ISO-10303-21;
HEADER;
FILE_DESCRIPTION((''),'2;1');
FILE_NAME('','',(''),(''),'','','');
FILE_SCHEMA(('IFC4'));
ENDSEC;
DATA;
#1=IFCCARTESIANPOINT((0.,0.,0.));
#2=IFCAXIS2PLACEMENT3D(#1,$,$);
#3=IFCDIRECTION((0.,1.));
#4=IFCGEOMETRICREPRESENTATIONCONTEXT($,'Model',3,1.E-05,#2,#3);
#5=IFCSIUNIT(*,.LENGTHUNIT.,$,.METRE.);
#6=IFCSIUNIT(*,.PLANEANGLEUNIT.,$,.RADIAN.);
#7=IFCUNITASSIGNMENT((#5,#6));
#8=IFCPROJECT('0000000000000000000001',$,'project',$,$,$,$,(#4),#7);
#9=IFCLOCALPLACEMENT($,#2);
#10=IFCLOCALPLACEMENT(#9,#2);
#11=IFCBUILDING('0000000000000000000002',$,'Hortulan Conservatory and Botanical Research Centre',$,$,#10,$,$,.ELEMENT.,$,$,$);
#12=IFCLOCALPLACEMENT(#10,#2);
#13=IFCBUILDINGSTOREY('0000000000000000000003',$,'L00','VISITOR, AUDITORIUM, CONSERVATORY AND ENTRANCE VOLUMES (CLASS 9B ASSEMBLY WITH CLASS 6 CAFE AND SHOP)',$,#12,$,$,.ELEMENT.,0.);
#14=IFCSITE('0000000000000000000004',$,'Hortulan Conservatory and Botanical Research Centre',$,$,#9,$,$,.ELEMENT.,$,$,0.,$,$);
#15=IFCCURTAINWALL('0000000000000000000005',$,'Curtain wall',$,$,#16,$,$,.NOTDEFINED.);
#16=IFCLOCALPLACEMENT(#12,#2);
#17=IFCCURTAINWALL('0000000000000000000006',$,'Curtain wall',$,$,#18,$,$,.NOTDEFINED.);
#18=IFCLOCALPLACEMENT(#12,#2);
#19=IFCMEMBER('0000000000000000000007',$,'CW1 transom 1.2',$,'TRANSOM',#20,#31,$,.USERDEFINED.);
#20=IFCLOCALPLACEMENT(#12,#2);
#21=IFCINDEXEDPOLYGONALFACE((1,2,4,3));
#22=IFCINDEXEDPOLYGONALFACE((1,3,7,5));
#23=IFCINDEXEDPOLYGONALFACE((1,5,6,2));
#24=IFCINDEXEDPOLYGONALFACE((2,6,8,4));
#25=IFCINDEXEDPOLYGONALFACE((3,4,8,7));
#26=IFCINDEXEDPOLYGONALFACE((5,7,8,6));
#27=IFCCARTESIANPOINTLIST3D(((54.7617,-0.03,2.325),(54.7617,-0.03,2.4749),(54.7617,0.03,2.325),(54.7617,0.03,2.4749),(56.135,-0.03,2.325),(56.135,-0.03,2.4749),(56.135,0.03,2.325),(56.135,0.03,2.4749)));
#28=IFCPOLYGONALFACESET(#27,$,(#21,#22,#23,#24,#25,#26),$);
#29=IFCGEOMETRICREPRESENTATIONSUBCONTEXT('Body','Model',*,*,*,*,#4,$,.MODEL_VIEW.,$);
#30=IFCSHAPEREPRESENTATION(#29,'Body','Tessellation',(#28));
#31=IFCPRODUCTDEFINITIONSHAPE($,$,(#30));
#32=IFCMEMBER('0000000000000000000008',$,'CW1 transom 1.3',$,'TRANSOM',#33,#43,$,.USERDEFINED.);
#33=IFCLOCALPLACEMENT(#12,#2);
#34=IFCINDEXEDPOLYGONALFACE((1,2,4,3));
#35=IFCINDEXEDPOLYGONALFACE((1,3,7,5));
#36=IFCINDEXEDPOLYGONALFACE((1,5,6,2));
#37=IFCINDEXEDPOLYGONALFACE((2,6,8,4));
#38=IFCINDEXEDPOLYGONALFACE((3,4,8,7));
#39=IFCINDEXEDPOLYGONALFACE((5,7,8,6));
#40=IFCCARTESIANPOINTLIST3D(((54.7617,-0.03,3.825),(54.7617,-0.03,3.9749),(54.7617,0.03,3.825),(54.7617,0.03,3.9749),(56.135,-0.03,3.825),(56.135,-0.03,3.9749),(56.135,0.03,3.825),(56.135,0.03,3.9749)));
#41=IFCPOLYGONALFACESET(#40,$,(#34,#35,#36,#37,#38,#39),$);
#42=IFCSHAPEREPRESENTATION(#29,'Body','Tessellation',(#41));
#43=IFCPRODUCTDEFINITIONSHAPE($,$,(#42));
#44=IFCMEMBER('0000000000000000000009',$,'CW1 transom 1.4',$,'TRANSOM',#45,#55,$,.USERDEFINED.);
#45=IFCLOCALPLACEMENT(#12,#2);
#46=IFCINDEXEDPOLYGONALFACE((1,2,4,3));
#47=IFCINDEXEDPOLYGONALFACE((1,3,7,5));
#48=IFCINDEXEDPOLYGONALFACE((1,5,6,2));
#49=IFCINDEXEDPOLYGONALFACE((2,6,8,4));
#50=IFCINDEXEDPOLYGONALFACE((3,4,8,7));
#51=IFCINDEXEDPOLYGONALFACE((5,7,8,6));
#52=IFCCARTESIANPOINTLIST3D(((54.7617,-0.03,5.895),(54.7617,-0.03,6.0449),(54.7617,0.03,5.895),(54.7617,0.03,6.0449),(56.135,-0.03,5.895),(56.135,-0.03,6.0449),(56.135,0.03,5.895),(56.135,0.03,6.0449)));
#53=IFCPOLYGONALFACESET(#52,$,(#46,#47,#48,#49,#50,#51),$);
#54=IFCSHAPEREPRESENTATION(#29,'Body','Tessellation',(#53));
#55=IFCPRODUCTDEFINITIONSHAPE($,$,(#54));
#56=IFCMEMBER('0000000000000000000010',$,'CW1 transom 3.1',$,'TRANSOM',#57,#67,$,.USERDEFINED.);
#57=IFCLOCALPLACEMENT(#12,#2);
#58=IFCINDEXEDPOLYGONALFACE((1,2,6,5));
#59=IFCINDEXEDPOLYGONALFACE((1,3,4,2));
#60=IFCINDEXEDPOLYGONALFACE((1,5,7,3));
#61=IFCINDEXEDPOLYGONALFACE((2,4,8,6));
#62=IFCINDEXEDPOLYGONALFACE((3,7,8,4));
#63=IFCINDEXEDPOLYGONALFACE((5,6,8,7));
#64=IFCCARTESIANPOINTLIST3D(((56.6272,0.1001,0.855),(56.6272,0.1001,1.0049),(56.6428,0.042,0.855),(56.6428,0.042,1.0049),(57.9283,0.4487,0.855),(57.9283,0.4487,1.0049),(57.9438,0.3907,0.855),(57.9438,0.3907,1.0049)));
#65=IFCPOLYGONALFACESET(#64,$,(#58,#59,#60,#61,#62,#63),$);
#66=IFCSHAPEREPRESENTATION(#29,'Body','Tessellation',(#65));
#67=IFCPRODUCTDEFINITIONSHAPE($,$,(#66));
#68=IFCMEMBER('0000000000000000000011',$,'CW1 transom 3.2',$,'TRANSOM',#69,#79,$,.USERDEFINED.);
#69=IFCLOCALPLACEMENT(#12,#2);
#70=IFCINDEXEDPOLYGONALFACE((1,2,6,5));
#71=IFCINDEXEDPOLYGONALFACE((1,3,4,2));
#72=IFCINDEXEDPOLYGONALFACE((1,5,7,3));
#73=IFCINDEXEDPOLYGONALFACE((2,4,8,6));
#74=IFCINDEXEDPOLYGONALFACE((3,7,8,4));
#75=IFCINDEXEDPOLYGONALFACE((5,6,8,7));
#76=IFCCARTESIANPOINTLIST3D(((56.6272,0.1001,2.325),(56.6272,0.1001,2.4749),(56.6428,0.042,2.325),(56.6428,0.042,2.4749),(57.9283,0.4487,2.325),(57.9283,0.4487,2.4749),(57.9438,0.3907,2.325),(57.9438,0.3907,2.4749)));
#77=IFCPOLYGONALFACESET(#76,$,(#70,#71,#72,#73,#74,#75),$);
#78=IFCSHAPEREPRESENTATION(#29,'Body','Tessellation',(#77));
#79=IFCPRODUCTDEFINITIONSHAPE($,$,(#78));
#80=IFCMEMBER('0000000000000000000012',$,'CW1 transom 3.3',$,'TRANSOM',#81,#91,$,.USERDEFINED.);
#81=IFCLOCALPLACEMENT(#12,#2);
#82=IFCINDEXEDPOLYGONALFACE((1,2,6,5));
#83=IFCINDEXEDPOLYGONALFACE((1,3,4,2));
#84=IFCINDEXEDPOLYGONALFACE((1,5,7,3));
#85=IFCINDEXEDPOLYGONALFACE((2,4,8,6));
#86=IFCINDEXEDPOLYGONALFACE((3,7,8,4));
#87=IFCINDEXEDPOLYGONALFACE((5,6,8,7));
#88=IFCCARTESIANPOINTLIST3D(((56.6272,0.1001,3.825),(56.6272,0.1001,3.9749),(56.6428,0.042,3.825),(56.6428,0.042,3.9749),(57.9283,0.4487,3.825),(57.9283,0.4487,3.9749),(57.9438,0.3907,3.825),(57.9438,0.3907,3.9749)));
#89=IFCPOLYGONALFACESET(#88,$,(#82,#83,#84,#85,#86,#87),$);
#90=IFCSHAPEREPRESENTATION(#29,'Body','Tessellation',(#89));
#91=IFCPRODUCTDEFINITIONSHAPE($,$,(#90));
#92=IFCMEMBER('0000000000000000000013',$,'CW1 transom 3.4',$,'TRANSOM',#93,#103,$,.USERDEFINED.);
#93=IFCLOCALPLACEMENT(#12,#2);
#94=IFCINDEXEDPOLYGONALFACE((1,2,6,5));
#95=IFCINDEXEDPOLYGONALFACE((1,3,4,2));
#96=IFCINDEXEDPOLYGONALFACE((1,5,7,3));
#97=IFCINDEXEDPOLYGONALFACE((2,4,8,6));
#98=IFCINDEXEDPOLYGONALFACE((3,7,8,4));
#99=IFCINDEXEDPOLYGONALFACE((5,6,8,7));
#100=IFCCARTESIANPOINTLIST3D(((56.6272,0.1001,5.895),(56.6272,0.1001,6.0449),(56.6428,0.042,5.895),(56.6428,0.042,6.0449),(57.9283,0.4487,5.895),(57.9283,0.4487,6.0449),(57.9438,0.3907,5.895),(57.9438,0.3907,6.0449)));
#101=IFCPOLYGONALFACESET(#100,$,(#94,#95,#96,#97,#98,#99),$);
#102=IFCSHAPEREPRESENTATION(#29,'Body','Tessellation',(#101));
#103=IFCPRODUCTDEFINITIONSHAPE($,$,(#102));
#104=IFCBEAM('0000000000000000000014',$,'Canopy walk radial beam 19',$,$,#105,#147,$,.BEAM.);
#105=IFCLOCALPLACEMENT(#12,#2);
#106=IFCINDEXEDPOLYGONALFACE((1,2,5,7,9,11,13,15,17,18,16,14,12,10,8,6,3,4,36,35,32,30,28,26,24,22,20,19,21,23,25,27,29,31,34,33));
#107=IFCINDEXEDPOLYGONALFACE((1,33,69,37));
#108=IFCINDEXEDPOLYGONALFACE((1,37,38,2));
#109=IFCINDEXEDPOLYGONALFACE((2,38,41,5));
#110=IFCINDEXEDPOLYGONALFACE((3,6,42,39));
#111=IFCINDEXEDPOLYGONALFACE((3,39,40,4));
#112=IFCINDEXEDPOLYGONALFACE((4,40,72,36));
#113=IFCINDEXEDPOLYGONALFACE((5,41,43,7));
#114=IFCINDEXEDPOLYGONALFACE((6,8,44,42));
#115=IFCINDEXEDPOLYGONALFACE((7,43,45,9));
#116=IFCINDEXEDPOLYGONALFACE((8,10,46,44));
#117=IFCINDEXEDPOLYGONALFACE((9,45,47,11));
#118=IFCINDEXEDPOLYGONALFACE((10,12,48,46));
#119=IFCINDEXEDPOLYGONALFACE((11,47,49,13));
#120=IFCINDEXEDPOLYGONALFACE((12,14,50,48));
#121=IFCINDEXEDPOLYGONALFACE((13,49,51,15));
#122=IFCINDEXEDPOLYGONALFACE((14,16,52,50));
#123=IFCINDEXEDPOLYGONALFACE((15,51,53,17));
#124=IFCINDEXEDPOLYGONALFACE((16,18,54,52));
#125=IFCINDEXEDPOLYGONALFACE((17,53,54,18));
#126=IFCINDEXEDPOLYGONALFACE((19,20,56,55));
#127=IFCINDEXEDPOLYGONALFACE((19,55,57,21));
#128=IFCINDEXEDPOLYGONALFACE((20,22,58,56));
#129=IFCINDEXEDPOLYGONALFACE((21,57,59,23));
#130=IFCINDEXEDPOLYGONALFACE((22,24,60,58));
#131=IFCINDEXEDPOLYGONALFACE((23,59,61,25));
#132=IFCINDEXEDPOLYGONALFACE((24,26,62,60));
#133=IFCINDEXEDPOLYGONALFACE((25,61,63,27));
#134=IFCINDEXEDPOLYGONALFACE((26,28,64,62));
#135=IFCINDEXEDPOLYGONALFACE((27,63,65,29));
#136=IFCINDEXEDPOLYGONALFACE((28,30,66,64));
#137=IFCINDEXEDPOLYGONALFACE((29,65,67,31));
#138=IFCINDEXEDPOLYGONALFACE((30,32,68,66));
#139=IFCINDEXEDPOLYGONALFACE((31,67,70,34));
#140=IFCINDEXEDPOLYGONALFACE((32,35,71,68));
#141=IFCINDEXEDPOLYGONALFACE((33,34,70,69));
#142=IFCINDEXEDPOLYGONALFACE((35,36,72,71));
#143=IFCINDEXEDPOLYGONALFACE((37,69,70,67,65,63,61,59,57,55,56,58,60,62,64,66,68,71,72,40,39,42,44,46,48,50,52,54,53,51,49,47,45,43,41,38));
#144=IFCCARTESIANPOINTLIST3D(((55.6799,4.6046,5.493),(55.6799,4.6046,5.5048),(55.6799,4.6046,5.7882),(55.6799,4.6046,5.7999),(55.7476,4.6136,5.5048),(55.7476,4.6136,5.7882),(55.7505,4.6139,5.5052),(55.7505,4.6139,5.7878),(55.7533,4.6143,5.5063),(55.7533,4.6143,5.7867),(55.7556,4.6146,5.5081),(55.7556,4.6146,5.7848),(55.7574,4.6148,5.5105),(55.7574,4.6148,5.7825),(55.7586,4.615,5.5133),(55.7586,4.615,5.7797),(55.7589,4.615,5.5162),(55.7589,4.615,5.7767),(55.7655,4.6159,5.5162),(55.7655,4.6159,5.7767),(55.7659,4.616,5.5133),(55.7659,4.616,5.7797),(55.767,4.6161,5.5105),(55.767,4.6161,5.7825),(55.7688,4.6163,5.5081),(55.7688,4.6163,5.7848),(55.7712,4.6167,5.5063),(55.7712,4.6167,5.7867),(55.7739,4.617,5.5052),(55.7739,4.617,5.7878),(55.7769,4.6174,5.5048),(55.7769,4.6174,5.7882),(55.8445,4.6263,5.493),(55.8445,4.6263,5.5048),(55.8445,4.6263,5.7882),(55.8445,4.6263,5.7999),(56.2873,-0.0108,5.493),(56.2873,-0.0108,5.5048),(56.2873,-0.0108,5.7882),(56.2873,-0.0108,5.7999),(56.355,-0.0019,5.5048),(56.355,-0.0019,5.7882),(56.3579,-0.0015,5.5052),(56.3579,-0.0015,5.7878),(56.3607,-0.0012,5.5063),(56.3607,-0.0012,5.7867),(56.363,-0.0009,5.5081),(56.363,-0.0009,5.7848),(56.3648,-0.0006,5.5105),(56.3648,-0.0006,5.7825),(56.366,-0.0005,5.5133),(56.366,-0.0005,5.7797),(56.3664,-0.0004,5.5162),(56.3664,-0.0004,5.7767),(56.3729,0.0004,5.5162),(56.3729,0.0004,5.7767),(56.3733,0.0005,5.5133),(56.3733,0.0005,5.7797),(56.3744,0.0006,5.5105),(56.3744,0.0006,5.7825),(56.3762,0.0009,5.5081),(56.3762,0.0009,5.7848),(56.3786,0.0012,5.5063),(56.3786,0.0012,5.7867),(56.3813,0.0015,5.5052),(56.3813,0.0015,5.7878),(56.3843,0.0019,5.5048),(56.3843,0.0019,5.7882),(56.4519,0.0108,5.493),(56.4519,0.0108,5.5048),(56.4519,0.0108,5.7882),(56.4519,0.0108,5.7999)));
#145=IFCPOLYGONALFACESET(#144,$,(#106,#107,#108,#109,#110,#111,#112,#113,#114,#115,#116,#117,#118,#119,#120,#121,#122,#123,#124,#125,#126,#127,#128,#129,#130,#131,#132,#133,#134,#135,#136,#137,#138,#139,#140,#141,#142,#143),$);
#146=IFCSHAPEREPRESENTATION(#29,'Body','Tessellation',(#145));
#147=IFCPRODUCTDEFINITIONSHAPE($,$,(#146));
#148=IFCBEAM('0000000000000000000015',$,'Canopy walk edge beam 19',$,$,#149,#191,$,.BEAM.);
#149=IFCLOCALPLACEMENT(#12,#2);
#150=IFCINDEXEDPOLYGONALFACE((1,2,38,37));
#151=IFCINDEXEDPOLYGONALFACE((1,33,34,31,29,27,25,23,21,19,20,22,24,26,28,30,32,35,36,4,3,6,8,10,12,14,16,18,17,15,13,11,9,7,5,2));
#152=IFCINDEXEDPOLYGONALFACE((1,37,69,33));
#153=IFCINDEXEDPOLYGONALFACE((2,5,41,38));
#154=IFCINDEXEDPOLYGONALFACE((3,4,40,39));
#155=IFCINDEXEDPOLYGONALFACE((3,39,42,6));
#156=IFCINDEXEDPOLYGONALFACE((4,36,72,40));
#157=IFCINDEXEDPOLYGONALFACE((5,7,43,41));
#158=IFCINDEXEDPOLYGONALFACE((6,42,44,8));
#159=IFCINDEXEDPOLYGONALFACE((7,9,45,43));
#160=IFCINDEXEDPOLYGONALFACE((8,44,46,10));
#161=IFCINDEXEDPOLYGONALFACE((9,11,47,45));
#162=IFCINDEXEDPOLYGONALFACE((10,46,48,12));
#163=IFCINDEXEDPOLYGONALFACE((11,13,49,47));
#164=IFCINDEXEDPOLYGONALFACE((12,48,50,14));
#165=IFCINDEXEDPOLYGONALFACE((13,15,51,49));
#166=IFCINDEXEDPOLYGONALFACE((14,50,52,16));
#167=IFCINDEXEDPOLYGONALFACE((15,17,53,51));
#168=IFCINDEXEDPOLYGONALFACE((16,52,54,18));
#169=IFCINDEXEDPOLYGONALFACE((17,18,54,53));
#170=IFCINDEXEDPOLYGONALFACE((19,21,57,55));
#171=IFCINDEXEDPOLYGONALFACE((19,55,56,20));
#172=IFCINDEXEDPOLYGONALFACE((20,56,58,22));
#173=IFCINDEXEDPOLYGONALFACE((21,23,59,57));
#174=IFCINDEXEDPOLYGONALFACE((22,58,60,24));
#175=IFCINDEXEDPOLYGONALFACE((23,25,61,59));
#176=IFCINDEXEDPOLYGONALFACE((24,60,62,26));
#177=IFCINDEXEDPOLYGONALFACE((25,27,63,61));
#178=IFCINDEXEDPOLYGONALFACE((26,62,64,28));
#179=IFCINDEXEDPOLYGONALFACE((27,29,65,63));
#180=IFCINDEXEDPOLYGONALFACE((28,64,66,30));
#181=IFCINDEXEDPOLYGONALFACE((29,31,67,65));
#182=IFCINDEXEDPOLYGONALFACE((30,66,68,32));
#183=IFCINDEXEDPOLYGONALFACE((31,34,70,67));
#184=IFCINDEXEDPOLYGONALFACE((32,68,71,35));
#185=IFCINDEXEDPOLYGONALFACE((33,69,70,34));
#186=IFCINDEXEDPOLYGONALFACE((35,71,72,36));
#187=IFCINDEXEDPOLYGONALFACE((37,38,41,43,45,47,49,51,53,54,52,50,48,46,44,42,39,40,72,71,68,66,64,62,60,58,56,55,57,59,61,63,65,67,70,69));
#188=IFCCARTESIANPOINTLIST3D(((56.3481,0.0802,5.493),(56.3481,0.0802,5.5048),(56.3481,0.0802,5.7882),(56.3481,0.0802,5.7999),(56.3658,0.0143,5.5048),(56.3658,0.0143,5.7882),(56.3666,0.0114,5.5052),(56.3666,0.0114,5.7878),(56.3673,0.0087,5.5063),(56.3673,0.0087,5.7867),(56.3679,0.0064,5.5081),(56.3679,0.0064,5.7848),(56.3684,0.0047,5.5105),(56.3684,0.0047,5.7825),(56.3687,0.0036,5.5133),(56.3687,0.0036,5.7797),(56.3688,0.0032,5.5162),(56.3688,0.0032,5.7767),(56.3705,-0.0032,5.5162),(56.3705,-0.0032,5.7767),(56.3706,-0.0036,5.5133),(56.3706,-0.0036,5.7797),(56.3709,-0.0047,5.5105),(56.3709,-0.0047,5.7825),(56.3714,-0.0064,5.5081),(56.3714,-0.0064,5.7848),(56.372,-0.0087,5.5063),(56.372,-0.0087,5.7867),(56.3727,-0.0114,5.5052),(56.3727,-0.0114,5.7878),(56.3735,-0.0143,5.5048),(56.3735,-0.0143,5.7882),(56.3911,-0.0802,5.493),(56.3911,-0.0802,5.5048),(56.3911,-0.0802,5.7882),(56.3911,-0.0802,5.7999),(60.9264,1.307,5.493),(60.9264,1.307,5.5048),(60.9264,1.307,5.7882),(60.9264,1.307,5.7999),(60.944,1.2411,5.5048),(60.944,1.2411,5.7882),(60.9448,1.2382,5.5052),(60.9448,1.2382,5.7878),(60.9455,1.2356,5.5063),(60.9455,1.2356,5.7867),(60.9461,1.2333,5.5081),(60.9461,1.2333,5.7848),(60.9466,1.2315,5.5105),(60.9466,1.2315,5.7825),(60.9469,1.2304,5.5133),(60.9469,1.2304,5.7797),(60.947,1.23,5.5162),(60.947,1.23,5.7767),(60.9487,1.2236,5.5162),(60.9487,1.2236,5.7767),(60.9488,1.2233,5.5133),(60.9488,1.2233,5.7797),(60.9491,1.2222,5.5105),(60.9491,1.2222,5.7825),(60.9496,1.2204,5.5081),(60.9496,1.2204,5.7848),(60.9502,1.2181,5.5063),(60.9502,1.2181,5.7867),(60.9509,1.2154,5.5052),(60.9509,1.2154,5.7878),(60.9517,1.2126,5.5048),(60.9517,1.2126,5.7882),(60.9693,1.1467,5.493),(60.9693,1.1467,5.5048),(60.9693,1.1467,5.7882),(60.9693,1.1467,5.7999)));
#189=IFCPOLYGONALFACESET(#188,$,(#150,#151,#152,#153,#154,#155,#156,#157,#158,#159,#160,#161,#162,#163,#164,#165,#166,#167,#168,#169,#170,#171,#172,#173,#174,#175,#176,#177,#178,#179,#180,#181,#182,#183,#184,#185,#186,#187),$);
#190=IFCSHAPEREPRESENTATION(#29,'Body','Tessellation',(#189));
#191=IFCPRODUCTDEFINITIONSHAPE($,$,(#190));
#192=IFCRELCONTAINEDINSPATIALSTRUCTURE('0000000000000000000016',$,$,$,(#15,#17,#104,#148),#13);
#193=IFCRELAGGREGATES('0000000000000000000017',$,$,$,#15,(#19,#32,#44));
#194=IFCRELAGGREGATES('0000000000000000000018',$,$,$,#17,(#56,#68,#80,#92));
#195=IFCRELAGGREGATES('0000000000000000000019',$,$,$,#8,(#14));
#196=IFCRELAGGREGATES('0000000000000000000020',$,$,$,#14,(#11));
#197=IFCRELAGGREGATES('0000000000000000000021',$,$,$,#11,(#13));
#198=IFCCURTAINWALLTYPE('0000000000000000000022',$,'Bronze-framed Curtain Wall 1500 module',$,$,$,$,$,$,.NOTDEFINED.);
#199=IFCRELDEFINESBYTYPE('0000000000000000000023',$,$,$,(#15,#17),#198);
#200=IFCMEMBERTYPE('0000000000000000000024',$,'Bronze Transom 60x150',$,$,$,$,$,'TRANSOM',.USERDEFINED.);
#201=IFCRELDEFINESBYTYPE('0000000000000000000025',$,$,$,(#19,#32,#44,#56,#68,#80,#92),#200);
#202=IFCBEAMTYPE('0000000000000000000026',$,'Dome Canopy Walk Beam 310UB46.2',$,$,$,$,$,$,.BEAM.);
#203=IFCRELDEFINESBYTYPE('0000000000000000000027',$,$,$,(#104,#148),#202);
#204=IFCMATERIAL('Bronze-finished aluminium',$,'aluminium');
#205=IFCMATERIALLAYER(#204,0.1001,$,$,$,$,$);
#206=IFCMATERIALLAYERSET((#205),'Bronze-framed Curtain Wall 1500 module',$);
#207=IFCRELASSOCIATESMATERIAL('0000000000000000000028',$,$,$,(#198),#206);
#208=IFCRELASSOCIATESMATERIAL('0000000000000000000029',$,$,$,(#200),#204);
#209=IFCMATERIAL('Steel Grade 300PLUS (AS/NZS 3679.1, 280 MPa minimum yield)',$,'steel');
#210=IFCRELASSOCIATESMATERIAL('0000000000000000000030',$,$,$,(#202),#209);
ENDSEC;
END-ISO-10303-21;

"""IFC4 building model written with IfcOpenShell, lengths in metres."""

from ifc_helpers import new_model, si_unit, direction, frame, origin, origin_2d, place, context, subcontext, project, spatial, rectangle, i_section, extrude, material, layer, layer_set, material_profile, profile_set, type_object, element, aggregate, save


model = new_model("IFC4")

# Units and contexts
model_context = context("Model", 3, precision=1e-05, world=origin(), true_north=direction((0.0, 1.0)))
body_context = subcontext(model_context, "Body", "Model", "MODEL_VIEW")
ifc_project = project(units=[si_unit("LENGTHUNIT", "METRE"), si_unit("PLANEANGLEUNIT", "RADIAN")], contexts=[model_context])

# Site, building, storey
site_placement = place(None, origin())
site = spatial("IfcSite", under=ifc_project, at=site_placement, Name="Hortulan Conservatory and Botanical Research Centre", CompositionType="ELEMENT", RefElevation=0.0)
building_placement = place(site_placement, origin())
building = spatial("IfcBuilding", under=site, at=building_placement, Name="Hortulan Conservatory and Botanical Research Centre", CompositionType="ELEMENT")
storey_placement = place(building_placement, origin())
storey = spatial("IfcBuildingStorey", under=building, at=storey_placement, Name="L00", Description="VISITOR, AUDITORIUM, CONSERVATORY AND ENTRANCE VOLUMES (CLASS 9B ASSEMBLY WITH CLASS 6 CAFE AND SHOP)", CompositionType="ELEMENT", Elevation=0.0)

# Curtain wall
ifc_material_1 = material(Name="Bronze-finished aluminium", Category="aluminium")
ifc_layer_1 = layer(ifc_material_1, 0.1001)
ifc_layer_set_1 = layer_set([ifc_layer_1], Name="Bronze-framed Curtain Wall 1500 module")
curtain_wall_type = type_object("IfcCurtainWallType", Name="Bronze-framed Curtain Wall 1500 module", PredefinedType="NOTDEFINED", material=ifc_layer_set_1)
curtain_wall_1_placement = place(storey_placement, origin())
curtain_wall_1 = element("IfcCurtainWall", 1, at=curtain_wall_1_placement, inside=storey, type_object=curtain_wall_type, Name="Curtain wall", PredefinedType="NOTDEFINED")

# Curtain wall
curtain_wall_2_placement = place(storey_placement, origin())
curtain_wall_2 = element("IfcCurtainWall", 2, at=curtain_wall_2_placement, inside=storey, type_object=curtain_wall_type, Name="Curtain wall", PredefinedType="NOTDEFINED")

# Members
ifc_material_profile_1 = material_profile(ifc_material_1, rectangle(XDim=0.0601, YDim=0.1499, at=origin_2d()), Name="Bronze Transom 60x150")
ifc_profile_set_1 = profile_set([ifc_material_profile_1], Name="Bronze-finished aluminium")
member_type_1 = type_object("IfcMemberType", Name="Bronze Transom 60x150", ElementType="TRANSOM", PredefinedType="USERDEFINED", material=ifc_profile_set_1)
member_1_placement = place(storey_placement, frame((56.135, 0.0, 2.3999), z_axis=(-1.0, 0.0, 0.0), x_axis=(0.0, -1.0, 0.0)))
member_1 = element("IfcMember", 3, at=member_1_placement, type_object=member_type_1, Name="CW1 transom 1.2", ObjectType="TRANSOM", PredefinedType="USERDEFINED", context=body_context, shape_type="SweptSolid", body=[
    extrude(rectangle(XDim=0.0601, YDim=0.1499, at=origin_2d()), origin(), (0.0, 0.0, 1.0), 1.3733),
])
member_2_placement = place(storey_placement, frame((56.135, 0.0, 3.8999), z_axis=(-1.0, 0.0, 0.0), x_axis=(0.0, -1.0, 0.0)))
member_2 = element("IfcMember", 4, at=member_2_placement, type_object=member_type_1, Name="CW1 transom 1.3", ObjectType="TRANSOM", PredefinedType="USERDEFINED", context=body_context, shape_type="SweptSolid", body=[
    extrude(rectangle(XDim=0.0601, YDim=0.1499, at=origin_2d()), origin(), (0.0, 0.0, 1.0), 1.3733),
])
member_3_placement = place(storey_placement, frame((56.135, 0.0, 5.97), z_axis=(-1.0, 0.0, 0.0), x_axis=(0.0, -1.0, 0.0)))
member_3 = element("IfcMember", 5, at=member_3_placement, type_object=member_type_1, Name="CW1 transom 1.4", ObjectType="TRANSOM", PredefinedType="USERDEFINED", context=body_context, shape_type="SweptSolid", body=[
    extrude(rectangle(XDim=0.0601, YDim=0.1499, at=origin_2d()), origin(), (0.0, 0.0, 1.0), 1.3733),
])
aggregate(curtain_wall_1, [member_1, member_2, member_3])
member_4_placement = place(storey_placement, frame((57.936, 0.4197, 0.9299), z_axis=(-0.965921, -0.258836, 0.0), x_axis=(0.258836, -0.965921, 0.0)))
member_4 = element("IfcMember", 6, at=member_4_placement, type_object=member_type_1, Name="CW1 transom 3.1", ObjectType="TRANSOM", PredefinedType="USERDEFINED", context=body_context, shape_type="SweptSolid", body=[
    extrude(rectangle(XDim=0.0601, YDim=0.1499, at=origin_2d()), origin(), (0.0, 0.0, 1.0), 1.3469),
])
member_5_placement = place(storey_placement, frame((57.936, 0.4197, 2.3999), z_axis=(-0.965921, -0.258836, 0.0), x_axis=(0.258836, -0.965921, 0.0)))
member_5 = element("IfcMember", 7, at=member_5_placement, type_object=member_type_1, Name="CW1 transom 3.2", ObjectType="TRANSOM", PredefinedType="USERDEFINED", context=body_context, shape_type="SweptSolid", body=[
    extrude(rectangle(XDim=0.0601, YDim=0.1499, at=origin_2d()), origin(), (0.0, 0.0, 1.0), 1.3469),
])
member_6_placement = place(storey_placement, frame((57.936, 0.4197, 3.8999), z_axis=(-0.965921, -0.258836, 0.0), x_axis=(0.258836, -0.965921, 0.0)))
member_6 = element("IfcMember", 8, at=member_6_placement, type_object=member_type_1, Name="CW1 transom 3.3", ObjectType="TRANSOM", PredefinedType="USERDEFINED", context=body_context, shape_type="SweptSolid", body=[
    extrude(rectangle(XDim=0.0601, YDim=0.1499, at=origin_2d()), origin(), (0.0, 0.0, 1.0), 1.3469),
])
member_7_placement = place(storey_placement, frame((57.936, 0.4197, 5.97), z_axis=(-0.965921, -0.258836, 0.0), x_axis=(0.258836, -0.965921, 0.0)))
member_7 = element("IfcMember", 9, at=member_7_placement, type_object=member_type_1, Name="CW1 transom 3.4", ObjectType="TRANSOM", PredefinedType="USERDEFINED", context=body_context, shape_type="SweptSolid", body=[
    extrude(rectangle(XDim=0.0601, YDim=0.1499, at=origin_2d()), origin(), (0.0, 0.0, 1.0), 1.3469),
])

# Beams
ifc_material_2 = material(Name="Steel Grade 300PLUS (AS/NZS 3679.1, 280 MPa minimum yield)", Category="steel")
ifc_material_profile_2 = material_profile(ifc_material_2, i_section(OverallWidth=0.166, OverallDepth=0.3069, WebThickness=0.0066, FlangeThickness=0.0117, FilletRadius=0.0115, at=origin_2d()), Name="310UB46.2")
ifc_profile_set_2 = profile_set([ifc_material_profile_2], Name="Steel Grade 300PLUS (AS/NZS 3679.1, 280 MPa minimum yield)")
beam_type = type_object("IfcBeamType", Name="Dome Canopy Walk Beam 310UB46.2", PredefinedType="BEAM", material=ifc_profile_set_2)
beam_1_placement = place(storey_placement, frame((55.7622, 4.6155, 5.6465), z_axis=(0.13048, -0.991451, 0.0), x_axis=(0.991451, 0.13048, 0.0)))
element("IfcBeam", 10, at=beam_1_placement, inside=storey, type_object=beam_type, Name="Canopy walk radial beam 19", PredefinedType="BEAM", context=body_context, shape_type="SweptSolid", body=[
    extrude(i_section(OverallWidth=0.166, OverallDepth=0.3069, WebThickness=0.0066, FlangeThickness=0.0117, FilletRadius=0.0115, at=origin_2d()), origin(), (0.0, 0.0, 1.0), 4.6553),
])
beam_2_placement = place(storey_placement, frame((56.3696, 0.0, 5.6465), z_axis=(0.96592, 0.258839, 0.0), x_axis=(-0.258839, 0.96592, 0.0)))
element("IfcBeam", 11, at=beam_2_placement, inside=storey, type_object=beam_type, Name="Canopy walk edge beam 19", PredefinedType="BEAM", context=body_context, shape_type="SweptSolid", body=[
    extrude(i_section(OverallWidth=0.166, OverallDepth=0.3069, WebThickness=0.0066, FlangeThickness=0.0117, FilletRadius=0.0115, at=origin_2d()), origin(), (0.0, 0.0, 1.0), 4.7397),
])

aggregate(curtain_wall_2, [member_4, member_5, member_6, member_7])

save(model, "model.ifc")
